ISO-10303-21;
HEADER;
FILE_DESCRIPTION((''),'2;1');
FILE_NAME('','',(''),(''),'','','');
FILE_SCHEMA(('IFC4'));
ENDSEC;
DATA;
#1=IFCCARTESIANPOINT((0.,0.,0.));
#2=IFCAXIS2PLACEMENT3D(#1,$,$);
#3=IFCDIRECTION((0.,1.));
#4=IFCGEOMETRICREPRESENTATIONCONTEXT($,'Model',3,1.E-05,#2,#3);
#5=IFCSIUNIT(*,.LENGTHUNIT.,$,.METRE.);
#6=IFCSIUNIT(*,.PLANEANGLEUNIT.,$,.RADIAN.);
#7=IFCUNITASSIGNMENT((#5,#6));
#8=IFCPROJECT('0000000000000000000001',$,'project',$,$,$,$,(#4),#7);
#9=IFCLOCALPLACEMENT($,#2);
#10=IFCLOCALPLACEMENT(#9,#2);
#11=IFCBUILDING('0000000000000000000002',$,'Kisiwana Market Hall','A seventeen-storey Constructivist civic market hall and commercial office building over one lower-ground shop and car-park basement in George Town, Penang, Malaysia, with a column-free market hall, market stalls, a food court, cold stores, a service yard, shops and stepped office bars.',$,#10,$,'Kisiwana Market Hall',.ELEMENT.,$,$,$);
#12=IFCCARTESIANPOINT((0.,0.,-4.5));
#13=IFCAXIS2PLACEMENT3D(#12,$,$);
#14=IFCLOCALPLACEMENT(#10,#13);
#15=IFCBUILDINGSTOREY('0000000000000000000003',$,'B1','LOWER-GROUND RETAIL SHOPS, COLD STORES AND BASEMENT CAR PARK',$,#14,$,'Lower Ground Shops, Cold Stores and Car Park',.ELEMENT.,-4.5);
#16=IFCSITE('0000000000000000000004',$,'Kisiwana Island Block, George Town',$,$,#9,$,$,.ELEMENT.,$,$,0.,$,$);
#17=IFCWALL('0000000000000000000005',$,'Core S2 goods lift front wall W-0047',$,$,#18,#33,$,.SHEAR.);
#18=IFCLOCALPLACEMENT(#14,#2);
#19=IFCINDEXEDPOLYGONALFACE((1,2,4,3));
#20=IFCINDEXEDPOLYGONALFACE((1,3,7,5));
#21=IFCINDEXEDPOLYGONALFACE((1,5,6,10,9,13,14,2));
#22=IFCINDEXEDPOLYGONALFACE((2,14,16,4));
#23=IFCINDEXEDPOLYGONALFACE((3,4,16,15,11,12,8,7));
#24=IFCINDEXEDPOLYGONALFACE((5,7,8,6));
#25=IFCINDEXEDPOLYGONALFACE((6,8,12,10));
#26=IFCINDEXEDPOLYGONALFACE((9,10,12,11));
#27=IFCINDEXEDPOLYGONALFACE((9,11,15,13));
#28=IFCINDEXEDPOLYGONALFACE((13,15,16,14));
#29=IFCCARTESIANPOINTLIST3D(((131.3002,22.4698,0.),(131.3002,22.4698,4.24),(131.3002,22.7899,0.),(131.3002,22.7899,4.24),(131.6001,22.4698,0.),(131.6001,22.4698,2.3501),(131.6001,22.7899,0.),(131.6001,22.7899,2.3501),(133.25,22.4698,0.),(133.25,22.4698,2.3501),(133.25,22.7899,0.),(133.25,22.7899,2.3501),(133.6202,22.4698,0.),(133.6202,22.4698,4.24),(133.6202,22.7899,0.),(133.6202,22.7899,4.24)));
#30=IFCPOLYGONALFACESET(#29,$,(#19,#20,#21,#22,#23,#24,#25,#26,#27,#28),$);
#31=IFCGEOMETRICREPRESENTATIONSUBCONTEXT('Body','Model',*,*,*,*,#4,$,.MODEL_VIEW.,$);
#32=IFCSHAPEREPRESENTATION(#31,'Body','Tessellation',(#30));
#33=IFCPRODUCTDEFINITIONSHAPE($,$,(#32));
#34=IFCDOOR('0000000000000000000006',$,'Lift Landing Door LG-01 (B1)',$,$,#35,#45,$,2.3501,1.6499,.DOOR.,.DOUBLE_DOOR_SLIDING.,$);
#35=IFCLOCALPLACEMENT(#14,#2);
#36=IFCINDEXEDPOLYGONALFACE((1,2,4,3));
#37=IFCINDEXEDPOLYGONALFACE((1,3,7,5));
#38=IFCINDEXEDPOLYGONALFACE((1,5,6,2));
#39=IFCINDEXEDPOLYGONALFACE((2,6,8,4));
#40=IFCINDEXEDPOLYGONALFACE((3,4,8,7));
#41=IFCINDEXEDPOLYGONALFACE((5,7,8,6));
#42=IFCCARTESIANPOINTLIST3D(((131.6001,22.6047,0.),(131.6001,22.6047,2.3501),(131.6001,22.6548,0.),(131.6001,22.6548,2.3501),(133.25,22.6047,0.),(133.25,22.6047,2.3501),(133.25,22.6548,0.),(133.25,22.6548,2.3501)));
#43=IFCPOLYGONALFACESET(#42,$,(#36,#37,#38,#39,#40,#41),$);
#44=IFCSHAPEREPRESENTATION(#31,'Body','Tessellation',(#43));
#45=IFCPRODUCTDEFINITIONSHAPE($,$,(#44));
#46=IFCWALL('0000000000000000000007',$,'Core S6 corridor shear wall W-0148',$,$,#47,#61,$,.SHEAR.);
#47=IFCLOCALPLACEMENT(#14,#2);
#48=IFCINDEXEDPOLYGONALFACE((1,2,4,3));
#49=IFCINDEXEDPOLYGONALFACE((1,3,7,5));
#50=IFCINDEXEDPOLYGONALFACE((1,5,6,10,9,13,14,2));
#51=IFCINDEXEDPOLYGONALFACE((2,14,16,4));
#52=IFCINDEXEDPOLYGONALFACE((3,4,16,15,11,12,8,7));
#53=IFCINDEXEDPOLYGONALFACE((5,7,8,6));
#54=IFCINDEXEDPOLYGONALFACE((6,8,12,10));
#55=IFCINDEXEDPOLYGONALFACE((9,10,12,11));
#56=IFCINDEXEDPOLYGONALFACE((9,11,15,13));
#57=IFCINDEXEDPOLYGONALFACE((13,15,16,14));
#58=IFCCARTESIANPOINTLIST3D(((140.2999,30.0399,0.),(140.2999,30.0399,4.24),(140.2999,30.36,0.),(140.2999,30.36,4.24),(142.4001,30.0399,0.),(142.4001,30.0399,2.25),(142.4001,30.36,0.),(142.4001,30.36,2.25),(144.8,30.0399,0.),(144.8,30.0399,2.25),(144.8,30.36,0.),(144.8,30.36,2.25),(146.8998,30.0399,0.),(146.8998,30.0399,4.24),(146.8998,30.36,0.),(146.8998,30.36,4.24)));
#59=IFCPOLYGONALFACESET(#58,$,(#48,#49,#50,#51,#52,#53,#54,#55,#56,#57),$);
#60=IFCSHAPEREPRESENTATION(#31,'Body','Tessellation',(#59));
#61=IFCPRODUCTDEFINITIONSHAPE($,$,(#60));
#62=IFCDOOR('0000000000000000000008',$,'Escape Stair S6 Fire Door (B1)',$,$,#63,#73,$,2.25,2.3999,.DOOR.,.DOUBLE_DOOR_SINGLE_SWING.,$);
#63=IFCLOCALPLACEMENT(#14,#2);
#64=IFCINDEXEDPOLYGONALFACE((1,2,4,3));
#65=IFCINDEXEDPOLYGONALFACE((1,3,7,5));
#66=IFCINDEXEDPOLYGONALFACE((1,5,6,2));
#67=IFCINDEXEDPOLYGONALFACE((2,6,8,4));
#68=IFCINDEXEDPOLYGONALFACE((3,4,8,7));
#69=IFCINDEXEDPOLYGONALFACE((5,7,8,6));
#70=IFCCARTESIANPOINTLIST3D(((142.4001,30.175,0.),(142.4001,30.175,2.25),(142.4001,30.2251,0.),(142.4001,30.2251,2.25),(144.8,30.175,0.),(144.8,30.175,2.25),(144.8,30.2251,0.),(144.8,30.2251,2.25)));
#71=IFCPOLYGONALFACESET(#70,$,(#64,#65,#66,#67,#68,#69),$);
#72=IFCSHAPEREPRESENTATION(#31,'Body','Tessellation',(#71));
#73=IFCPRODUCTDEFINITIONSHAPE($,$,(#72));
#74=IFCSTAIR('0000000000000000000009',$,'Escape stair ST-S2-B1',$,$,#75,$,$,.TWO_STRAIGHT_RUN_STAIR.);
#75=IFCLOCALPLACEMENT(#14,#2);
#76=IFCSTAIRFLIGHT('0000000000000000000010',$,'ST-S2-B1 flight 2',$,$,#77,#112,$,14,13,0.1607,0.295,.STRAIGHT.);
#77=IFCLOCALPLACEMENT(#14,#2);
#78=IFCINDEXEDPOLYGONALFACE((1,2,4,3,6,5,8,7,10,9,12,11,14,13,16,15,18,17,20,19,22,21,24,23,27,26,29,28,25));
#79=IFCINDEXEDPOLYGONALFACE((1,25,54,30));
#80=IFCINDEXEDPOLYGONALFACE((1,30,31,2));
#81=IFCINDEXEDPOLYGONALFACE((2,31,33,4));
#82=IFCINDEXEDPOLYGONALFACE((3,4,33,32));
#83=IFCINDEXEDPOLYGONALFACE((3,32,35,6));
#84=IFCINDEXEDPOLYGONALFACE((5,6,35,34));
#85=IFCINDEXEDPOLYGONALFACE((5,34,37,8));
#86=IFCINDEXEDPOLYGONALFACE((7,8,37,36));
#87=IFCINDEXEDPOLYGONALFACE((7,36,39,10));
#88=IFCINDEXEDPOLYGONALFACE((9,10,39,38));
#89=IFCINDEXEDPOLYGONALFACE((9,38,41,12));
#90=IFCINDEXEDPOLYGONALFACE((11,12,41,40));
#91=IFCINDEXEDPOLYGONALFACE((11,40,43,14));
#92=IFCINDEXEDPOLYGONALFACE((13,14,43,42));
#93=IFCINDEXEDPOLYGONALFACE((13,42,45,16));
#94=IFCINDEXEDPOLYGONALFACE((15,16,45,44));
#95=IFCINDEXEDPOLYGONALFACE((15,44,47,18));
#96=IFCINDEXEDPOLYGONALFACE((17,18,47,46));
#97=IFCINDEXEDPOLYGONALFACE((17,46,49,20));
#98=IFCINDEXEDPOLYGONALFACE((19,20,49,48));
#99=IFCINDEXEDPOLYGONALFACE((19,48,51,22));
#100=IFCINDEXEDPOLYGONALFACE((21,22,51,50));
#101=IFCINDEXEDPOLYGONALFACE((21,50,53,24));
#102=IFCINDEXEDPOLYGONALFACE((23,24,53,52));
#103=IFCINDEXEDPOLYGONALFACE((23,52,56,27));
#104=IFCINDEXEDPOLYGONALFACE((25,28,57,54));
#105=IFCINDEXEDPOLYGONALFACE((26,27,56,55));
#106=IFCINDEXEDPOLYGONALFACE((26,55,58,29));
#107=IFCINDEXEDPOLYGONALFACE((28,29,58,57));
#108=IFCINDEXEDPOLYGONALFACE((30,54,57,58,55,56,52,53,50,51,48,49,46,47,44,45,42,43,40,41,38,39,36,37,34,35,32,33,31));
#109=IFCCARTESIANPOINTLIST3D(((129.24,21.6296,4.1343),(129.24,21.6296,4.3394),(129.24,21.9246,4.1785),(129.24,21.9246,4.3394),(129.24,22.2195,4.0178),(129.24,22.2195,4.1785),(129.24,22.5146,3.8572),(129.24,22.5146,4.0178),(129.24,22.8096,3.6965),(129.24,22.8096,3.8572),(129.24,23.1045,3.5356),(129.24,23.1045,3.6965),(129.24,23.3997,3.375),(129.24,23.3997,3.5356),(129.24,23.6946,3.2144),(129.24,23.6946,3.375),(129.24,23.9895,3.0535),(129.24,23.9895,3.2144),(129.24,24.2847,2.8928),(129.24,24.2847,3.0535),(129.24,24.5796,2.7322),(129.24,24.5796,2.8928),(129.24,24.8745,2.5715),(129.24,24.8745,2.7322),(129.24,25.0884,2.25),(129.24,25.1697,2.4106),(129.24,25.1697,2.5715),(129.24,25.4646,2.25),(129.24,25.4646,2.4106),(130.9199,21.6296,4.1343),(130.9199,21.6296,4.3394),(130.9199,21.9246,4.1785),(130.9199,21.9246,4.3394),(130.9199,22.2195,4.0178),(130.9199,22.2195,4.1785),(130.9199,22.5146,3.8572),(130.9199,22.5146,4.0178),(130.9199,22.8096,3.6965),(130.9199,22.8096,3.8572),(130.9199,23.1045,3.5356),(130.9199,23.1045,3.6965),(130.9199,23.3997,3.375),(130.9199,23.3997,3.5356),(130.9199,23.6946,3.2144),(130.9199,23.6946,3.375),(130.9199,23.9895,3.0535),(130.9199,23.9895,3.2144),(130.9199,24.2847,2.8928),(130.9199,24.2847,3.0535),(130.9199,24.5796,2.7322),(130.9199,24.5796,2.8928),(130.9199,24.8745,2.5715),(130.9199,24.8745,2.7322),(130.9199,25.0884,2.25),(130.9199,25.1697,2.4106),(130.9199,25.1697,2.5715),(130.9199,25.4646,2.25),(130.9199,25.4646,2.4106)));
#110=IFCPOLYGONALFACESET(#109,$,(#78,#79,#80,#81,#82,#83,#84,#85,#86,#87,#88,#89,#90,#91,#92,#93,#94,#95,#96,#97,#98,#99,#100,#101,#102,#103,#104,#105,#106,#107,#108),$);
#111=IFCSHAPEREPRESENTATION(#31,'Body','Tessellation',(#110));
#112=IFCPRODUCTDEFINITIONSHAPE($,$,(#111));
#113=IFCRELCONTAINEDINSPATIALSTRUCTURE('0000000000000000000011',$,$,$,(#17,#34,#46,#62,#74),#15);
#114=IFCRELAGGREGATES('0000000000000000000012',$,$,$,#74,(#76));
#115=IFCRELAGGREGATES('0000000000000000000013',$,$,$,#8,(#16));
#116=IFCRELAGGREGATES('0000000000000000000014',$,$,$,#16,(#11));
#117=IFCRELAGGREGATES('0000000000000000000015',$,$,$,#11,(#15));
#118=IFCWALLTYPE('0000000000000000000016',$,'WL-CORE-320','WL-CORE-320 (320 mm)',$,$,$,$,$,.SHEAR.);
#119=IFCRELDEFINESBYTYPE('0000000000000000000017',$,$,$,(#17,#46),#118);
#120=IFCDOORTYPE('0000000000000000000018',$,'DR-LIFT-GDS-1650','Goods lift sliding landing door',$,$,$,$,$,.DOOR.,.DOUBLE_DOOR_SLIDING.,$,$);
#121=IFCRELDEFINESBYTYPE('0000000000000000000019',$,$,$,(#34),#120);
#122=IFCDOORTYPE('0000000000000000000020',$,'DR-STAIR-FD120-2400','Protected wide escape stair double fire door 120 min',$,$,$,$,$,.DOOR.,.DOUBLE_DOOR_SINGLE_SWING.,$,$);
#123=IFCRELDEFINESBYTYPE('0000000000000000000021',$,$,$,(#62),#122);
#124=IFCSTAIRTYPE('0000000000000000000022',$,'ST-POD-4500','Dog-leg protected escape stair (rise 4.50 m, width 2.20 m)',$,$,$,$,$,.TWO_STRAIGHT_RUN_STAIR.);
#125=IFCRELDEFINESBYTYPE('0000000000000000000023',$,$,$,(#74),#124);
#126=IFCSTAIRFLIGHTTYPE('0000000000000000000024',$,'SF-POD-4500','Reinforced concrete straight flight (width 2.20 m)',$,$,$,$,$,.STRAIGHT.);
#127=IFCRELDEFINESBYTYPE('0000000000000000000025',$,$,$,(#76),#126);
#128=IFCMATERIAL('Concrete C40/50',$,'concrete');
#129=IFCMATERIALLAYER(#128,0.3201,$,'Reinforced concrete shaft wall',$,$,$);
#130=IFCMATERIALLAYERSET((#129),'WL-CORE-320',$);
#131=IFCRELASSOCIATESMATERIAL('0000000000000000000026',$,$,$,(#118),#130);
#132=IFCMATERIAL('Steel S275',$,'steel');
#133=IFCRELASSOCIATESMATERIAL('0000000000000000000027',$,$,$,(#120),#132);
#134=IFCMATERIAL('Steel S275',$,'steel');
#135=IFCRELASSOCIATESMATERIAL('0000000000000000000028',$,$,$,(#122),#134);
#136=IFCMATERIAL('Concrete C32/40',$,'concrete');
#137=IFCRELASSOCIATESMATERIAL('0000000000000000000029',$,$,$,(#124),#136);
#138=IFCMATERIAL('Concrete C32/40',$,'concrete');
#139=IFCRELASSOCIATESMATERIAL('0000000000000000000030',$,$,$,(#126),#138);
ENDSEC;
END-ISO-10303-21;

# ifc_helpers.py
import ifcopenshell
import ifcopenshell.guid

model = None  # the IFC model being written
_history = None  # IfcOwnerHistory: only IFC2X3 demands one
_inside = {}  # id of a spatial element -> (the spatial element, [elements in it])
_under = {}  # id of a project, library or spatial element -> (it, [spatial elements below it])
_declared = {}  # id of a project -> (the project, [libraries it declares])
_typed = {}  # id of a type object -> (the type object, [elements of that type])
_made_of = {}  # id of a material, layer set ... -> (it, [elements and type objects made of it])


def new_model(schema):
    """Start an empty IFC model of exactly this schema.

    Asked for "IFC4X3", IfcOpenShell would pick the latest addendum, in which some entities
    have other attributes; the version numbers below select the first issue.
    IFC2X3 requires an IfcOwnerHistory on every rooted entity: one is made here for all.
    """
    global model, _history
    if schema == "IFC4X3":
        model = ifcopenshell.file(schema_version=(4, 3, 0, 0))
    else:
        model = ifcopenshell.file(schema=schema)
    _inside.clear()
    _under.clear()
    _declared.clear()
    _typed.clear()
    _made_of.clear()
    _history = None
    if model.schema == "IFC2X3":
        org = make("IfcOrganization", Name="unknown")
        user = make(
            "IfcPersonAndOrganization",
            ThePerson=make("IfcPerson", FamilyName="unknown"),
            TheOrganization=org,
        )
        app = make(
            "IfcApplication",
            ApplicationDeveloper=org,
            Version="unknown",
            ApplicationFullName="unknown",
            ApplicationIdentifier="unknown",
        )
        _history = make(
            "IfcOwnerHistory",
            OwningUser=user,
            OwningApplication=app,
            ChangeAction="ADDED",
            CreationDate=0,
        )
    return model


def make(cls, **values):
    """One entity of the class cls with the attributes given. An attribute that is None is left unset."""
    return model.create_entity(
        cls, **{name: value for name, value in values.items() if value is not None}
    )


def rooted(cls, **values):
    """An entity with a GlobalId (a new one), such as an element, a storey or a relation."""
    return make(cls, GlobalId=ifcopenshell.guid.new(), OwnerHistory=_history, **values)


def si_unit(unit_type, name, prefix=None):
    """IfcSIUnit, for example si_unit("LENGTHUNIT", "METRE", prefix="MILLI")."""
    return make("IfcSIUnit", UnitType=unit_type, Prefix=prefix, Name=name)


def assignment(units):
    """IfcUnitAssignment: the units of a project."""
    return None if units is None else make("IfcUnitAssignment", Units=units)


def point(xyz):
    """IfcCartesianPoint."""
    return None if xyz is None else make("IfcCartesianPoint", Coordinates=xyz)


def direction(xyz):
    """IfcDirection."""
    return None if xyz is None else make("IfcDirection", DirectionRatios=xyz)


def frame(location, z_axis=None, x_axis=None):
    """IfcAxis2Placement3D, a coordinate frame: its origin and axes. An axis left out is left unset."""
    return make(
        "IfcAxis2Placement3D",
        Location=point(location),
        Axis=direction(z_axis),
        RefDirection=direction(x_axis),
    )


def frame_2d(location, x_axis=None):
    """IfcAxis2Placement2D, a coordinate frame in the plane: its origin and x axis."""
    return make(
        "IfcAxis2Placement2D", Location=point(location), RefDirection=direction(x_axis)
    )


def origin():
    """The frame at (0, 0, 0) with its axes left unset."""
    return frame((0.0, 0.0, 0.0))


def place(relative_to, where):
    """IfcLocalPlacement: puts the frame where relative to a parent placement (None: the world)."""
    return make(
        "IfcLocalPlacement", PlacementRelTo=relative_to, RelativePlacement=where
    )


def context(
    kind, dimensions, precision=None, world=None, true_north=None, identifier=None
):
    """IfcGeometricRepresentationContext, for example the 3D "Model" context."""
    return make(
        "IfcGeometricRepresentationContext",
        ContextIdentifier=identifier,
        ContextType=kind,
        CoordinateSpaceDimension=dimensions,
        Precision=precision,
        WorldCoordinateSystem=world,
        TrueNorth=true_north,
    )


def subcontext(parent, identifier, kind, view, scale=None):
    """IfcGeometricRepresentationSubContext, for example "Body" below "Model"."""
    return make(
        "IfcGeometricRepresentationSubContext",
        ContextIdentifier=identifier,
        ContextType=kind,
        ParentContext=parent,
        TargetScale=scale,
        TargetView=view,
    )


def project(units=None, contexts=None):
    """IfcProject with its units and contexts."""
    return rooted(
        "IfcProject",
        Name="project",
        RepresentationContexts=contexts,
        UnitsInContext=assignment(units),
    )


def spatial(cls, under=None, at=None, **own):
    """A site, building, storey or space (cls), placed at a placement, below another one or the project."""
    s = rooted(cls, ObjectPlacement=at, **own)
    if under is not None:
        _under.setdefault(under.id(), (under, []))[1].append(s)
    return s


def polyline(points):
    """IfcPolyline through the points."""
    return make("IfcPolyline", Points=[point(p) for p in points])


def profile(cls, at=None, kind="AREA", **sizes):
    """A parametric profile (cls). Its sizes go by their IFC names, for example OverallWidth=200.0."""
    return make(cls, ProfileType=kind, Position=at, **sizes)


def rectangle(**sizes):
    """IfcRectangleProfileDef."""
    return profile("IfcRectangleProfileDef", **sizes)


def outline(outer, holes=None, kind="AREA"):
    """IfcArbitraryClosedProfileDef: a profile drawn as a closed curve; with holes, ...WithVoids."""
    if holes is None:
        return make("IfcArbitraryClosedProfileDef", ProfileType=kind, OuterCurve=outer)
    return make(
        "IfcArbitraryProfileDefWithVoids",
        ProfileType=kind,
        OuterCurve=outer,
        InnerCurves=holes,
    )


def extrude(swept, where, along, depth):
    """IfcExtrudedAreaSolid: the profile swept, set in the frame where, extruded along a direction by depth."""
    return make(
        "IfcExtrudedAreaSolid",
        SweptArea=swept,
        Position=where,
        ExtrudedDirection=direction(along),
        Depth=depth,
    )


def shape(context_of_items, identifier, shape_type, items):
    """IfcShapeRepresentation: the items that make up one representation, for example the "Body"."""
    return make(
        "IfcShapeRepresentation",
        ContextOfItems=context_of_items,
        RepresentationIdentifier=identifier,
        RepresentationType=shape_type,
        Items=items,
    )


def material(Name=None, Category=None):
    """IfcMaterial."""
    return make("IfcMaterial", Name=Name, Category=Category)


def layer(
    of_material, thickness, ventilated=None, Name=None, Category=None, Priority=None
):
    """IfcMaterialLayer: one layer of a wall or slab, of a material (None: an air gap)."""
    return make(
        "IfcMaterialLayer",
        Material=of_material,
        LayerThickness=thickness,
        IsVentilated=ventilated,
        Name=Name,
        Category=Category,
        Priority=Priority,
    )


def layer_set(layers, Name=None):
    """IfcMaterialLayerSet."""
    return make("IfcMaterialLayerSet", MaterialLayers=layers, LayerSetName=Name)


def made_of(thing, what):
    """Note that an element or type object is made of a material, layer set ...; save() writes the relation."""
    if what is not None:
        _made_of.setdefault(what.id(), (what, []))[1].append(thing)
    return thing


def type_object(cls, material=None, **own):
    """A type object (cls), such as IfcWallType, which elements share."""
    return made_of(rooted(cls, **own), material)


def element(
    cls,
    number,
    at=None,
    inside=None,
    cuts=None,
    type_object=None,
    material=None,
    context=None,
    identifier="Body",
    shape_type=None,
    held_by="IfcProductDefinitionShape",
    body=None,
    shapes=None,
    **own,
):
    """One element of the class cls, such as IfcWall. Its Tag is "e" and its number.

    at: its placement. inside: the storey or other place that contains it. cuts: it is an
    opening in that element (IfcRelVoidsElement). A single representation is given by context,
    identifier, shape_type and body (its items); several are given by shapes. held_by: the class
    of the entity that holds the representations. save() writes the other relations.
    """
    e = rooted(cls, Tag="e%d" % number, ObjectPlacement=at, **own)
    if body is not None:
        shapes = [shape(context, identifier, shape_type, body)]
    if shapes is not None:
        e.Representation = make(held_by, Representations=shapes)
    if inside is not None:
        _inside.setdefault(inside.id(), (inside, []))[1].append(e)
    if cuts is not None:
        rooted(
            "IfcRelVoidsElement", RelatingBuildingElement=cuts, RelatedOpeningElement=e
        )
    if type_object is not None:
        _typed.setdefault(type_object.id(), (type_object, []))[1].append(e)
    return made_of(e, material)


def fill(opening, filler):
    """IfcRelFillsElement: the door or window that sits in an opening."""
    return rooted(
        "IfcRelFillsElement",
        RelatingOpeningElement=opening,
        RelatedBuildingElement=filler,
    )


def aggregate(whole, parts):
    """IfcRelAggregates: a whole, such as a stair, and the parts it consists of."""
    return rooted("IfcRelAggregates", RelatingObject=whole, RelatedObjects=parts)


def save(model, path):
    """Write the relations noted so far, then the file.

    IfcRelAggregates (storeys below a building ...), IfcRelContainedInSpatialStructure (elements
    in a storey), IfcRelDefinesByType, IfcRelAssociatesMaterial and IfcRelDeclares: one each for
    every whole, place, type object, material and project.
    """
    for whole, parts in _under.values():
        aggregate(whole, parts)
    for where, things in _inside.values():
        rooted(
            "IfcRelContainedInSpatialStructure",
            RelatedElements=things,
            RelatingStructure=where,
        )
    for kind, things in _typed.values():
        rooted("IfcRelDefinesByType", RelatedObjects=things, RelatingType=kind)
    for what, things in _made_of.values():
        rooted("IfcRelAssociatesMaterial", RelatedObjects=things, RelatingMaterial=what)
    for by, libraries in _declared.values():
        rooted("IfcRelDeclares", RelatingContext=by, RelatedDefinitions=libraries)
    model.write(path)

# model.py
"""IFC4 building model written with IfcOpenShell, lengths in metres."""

from ifc_helpers import new_model, si_unit, direction, frame, frame_2d, origin, place, context, subcontext, project, spatial, polyline, rectangle, outline, extrude, material, layer, layer_set, type_object, element, fill, aggregate, save


model = new_model("IFC4")

# Units and contexts
model_context = context("Model", 3, precision=1e-05, world=origin(), true_north=direction((0.0, 1.0)))
body_context = subcontext(model_context, "Body", "Model", "MODEL_VIEW")
ifc_project = project(units=[si_unit("LENGTHUNIT", "METRE"), si_unit("PLANEANGLEUNIT", "RADIAN")], contexts=[model_context])

# Site, building, storey
site_placement = place(None, origin())
site = spatial("IfcSite", under=ifc_project, at=site_placement, Name="Kisiwana Island Block, George Town", CompositionType="ELEMENT", RefElevation=0.0)
building_placement = place(site_placement, origin())
building = spatial("IfcBuilding", under=site, at=building_placement, Name="Kisiwana Market Hall", Description="A seventeen-storey Constructivist civic market hall and commercial office building over one lower-ground shop and car-park basement in George Town, Penang, Malaysia, with a column-free market hall, market stalls, a food court, cold stores, a service yard, shops and stepped office bars.", LongName="Kisiwana Market Hall", CompositionType="ELEMENT")
storey_placement = place(building_placement, frame((0.0, 0.0, -4.5)))
storey = spatial("IfcBuildingStorey", under=building, at=storey_placement, Name="B1", Description="LOWER-GROUND RETAIL SHOPS, COLD STORES AND BASEMENT CAR PARK", LongName="Lower Ground Shops, Cold Stores and Car Park", CompositionType="ELEMENT", Elevation=-4.5)

# Walls, openings, doors
ifc_material_1 = material(Name="Concrete C40/50", Category="concrete")
ifc_layer = layer(ifc_material_1, 0.3201, Name="Reinforced concrete shaft wall")
ifc_layer_set = layer_set([ifc_layer], Name="WL-CORE-320")
wall_type = type_object("IfcWallType", Name="WL-CORE-320", Description="WL-CORE-320 (320 mm)", PredefinedType="SHEAR", material=ifc_layer_set)
wall_1_placement = place(storey_placement, frame((131.3, 22.6299, 0.0), z_axis=(0.0, 0.0, 1.0), x_axis=(1.0, 0.0, 0.0)))
wall_1 = element("IfcWall", 1, at=wall_1_placement, inside=storey, type_object=wall_type, Name="Core S2 goods lift front wall W-0047", PredefinedType="SHEAR", context=body_context, shape_type="SweptSolid", body=[
    extrude(rectangle(XDim=2.3201, YDim=0.3201, at=frame_2d((1.1602, 0.0))), origin(), (0.0, 0.0, 1.0), 4.24),
])
opening_1_placement = place(wall_1_placement, frame((0.3, 0.0, 0.0)))
opening_1 = element("IfcOpeningElement", 2, at=opening_1_placement, cuts=wall_1, PredefinedType="OPENING", context=body_context, shape_type="SweptSolid", body=[
    extrude(rectangle(XDim=1.6499, YDim=2.3501, at=frame_2d((0.825, 1.175))), frame((0.0, 0.1719, 0.0), z_axis=(0.0, -1.0, 0.0), x_axis=(1.0, 0.0, 0.0)), (0.0, 0.0, 1.0), 0.344),
])
ifc_material_2 = material(Name="Steel S275", Category="steel")
door_type_1 = type_object("IfcDoorType", Name="DR-LIFT-GDS-1650", Description="Goods lift sliding landing door", OperationType="DOUBLE_DOOR_SLIDING", PredefinedType="DOOR", material=ifc_material_2)
door_1_placement = place(opening_1_placement, origin())
door_1 = element("IfcDoor", 3, at=door_1_placement, inside=storey, type_object=door_type_1, Name="Lift Landing Door LG-01 (B1)", OperationType="DOUBLE_DOOR_SLIDING", OverallHeight=2.3501, OverallWidth=1.6499, PredefinedType="DOOR", context=body_context, shape_type="SweptSolid", body=[
    extrude(rectangle(XDim=1.6499, YDim=2.3501, at=frame_2d((0.825, 1.175))), frame((0.0, 0.0249, 0.0), z_axis=(0.0, -1.0, 0.0), x_axis=(1.0, 0.0, 0.0)), (0.0, 0.0, 1.0), 0.05),
])
fill(opening_1, door_1)
wall_2_placement = place(storey_placement, frame((140.3, 30.2, 0.0), z_axis=(0.0, 0.0, 1.0), x_axis=(1.0, 0.0, 0.0)))
wall_2 = element("IfcWall", 4, at=wall_2_placement, inside=storey, type_object=wall_type, Name="Core S6 corridor shear wall W-0148", PredefinedType="SHEAR", context=body_context, shape_type="SweptSolid", body=[
    extrude(rectangle(XDim=6.5999, YDim=0.3201, at=frame_2d((3.2998, 0.0))), origin(), (0.0, 0.0, 1.0), 4.24),
])
opening_2_placement = place(wall_2_placement, frame((2.1001, 0.0, 0.0)))
opening_2 = element("IfcOpeningElement", 5, at=opening_2_placement, cuts=wall_2, PredefinedType="OPENING", context=body_context, shape_type="SweptSolid", body=[
    extrude(rectangle(XDim=2.3999, YDim=2.25, at=frame_2d((1.2, 1.125))), frame((0.0, 0.1719, 0.0), z_axis=(0.0, -1.0, 0.0), x_axis=(1.0, 0.0, 0.0)), (0.0, 0.0, 1.0), 0.344),
])
ifc_material_3 = material(Name="Steel S275", Category="steel")
door_type_2 = type_object("IfcDoorType", Name="DR-STAIR-FD120-2400", Description="Protected wide escape stair double fire door 120 min", OperationType="DOUBLE_DOOR_SINGLE_SWING", PredefinedType="DOOR", material=ifc_material_3)
door_2_placement = place(opening_2_placement, frame((2.3999, 0.0, 0.0), z_axis=(0.0, 0.0, 1.0), x_axis=(-1.0, 0.0, 0.0)))
door_2 = element("IfcDoor", 6, at=door_2_placement, inside=storey, type_object=door_type_2, Name="Escape Stair S6 Fire Door (B1)", OperationType="DOUBLE_DOOR_SINGLE_SWING", OverallHeight=2.25, OverallWidth=2.3999, PredefinedType="DOOR", context=body_context, shape_type="SweptSolid", body=[
    extrude(rectangle(XDim=2.3999, YDim=2.25, at=frame_2d((1.2, 1.125))), frame((0.0, 0.0249, 0.0), z_axis=(0.0, -1.0, 0.0), x_axis=(1.0, 0.0, 0.0)), (0.0, 0.0, 1.0), 0.05),
])
fill(opening_2, door_2)

# Stair, stair flight
ifc_material_4 = material(Name="Concrete C32/40", Category="concrete")
stair_type = type_object("IfcStairType", Name="ST-POD-4500", Description="Dog-leg protected escape stair (rise 4.50 m, width 2.20 m)", PredefinedType="TWO_STRAIGHT_RUN_STAIR", material=ifc_material_4)
stair_placement = place(storey_placement, origin())
stair = element("IfcStair", 7, at=stair_placement, inside=storey, type_object=stair_type, Name="Escape stair ST-S2-B1", PredefinedType="TWO_STRAIGHT_RUN_STAIR")
ifc_material_5 = material(Name="Concrete C32/40", Category="concrete")
stair_flight_type = type_object("IfcStairFlightType", Name="SF-POD-4500", Description="Reinforced concrete straight flight (width 2.20 m)", PredefinedType="STRAIGHT", material=ifc_material_5)
stair_flight_placement = place(storey_placement, frame((130.0801, 25.4646, 2.25), z_axis=(0.0, 0.0, 1.0), x_axis=(0.0, -1.0, 0.0)))
stair_flight = element("IfcStairFlight", 8, at=stair_flight_placement, type_object=stair_flight_type, Name="ST-S2-B1 flight 2", NumberOfRisers=14, NumberOfTreads=13, PredefinedType="STRAIGHT", RiserHeight=0.1607, TreadLength=0.295, context=body_context, shape_type="SweptSolid", body=[
    extrude(outline(polyline([(0.0, 0.0), (0.0, 0.1606), (0.2949, 0.1606), (0.2949, 0.3215), (0.5901, 0.3215), (0.5901, 0.4822), (0.885, 0.4822), (0.885, 0.6428), (1.1799, 0.6428), (1.1799, 0.8035), (1.4751, 0.8035), (1.4751, 0.9644), (1.77, 0.9644), (1.77, 1.125), (2.0649, 1.125), (2.0649, 1.2856), (2.3601, 1.2856), (2.3601, 1.4465), (2.655, 1.4465), (2.655, 1.6072), (2.95, 1.6072), (2.95, 1.7678), (3.2451, 1.7678), (3.2451, 1.9285), (3.54, 1.9285), (3.54, 2.0894), (3.835, 2.0894), (3.835, 2.25), (3.835, 1.8843), (0.3762, 0.0), (0.0, 0.0)])), frame((0.0, 0.8398, 0.0), z_axis=(0.0, -1.0, 0.0), x_axis=(1.0, 0.0, 0.0)), (0.0, 0.0, 1.0), 1.6799),
])
aggregate(stair, [stair_flight])

save(model, "model.ifc")
